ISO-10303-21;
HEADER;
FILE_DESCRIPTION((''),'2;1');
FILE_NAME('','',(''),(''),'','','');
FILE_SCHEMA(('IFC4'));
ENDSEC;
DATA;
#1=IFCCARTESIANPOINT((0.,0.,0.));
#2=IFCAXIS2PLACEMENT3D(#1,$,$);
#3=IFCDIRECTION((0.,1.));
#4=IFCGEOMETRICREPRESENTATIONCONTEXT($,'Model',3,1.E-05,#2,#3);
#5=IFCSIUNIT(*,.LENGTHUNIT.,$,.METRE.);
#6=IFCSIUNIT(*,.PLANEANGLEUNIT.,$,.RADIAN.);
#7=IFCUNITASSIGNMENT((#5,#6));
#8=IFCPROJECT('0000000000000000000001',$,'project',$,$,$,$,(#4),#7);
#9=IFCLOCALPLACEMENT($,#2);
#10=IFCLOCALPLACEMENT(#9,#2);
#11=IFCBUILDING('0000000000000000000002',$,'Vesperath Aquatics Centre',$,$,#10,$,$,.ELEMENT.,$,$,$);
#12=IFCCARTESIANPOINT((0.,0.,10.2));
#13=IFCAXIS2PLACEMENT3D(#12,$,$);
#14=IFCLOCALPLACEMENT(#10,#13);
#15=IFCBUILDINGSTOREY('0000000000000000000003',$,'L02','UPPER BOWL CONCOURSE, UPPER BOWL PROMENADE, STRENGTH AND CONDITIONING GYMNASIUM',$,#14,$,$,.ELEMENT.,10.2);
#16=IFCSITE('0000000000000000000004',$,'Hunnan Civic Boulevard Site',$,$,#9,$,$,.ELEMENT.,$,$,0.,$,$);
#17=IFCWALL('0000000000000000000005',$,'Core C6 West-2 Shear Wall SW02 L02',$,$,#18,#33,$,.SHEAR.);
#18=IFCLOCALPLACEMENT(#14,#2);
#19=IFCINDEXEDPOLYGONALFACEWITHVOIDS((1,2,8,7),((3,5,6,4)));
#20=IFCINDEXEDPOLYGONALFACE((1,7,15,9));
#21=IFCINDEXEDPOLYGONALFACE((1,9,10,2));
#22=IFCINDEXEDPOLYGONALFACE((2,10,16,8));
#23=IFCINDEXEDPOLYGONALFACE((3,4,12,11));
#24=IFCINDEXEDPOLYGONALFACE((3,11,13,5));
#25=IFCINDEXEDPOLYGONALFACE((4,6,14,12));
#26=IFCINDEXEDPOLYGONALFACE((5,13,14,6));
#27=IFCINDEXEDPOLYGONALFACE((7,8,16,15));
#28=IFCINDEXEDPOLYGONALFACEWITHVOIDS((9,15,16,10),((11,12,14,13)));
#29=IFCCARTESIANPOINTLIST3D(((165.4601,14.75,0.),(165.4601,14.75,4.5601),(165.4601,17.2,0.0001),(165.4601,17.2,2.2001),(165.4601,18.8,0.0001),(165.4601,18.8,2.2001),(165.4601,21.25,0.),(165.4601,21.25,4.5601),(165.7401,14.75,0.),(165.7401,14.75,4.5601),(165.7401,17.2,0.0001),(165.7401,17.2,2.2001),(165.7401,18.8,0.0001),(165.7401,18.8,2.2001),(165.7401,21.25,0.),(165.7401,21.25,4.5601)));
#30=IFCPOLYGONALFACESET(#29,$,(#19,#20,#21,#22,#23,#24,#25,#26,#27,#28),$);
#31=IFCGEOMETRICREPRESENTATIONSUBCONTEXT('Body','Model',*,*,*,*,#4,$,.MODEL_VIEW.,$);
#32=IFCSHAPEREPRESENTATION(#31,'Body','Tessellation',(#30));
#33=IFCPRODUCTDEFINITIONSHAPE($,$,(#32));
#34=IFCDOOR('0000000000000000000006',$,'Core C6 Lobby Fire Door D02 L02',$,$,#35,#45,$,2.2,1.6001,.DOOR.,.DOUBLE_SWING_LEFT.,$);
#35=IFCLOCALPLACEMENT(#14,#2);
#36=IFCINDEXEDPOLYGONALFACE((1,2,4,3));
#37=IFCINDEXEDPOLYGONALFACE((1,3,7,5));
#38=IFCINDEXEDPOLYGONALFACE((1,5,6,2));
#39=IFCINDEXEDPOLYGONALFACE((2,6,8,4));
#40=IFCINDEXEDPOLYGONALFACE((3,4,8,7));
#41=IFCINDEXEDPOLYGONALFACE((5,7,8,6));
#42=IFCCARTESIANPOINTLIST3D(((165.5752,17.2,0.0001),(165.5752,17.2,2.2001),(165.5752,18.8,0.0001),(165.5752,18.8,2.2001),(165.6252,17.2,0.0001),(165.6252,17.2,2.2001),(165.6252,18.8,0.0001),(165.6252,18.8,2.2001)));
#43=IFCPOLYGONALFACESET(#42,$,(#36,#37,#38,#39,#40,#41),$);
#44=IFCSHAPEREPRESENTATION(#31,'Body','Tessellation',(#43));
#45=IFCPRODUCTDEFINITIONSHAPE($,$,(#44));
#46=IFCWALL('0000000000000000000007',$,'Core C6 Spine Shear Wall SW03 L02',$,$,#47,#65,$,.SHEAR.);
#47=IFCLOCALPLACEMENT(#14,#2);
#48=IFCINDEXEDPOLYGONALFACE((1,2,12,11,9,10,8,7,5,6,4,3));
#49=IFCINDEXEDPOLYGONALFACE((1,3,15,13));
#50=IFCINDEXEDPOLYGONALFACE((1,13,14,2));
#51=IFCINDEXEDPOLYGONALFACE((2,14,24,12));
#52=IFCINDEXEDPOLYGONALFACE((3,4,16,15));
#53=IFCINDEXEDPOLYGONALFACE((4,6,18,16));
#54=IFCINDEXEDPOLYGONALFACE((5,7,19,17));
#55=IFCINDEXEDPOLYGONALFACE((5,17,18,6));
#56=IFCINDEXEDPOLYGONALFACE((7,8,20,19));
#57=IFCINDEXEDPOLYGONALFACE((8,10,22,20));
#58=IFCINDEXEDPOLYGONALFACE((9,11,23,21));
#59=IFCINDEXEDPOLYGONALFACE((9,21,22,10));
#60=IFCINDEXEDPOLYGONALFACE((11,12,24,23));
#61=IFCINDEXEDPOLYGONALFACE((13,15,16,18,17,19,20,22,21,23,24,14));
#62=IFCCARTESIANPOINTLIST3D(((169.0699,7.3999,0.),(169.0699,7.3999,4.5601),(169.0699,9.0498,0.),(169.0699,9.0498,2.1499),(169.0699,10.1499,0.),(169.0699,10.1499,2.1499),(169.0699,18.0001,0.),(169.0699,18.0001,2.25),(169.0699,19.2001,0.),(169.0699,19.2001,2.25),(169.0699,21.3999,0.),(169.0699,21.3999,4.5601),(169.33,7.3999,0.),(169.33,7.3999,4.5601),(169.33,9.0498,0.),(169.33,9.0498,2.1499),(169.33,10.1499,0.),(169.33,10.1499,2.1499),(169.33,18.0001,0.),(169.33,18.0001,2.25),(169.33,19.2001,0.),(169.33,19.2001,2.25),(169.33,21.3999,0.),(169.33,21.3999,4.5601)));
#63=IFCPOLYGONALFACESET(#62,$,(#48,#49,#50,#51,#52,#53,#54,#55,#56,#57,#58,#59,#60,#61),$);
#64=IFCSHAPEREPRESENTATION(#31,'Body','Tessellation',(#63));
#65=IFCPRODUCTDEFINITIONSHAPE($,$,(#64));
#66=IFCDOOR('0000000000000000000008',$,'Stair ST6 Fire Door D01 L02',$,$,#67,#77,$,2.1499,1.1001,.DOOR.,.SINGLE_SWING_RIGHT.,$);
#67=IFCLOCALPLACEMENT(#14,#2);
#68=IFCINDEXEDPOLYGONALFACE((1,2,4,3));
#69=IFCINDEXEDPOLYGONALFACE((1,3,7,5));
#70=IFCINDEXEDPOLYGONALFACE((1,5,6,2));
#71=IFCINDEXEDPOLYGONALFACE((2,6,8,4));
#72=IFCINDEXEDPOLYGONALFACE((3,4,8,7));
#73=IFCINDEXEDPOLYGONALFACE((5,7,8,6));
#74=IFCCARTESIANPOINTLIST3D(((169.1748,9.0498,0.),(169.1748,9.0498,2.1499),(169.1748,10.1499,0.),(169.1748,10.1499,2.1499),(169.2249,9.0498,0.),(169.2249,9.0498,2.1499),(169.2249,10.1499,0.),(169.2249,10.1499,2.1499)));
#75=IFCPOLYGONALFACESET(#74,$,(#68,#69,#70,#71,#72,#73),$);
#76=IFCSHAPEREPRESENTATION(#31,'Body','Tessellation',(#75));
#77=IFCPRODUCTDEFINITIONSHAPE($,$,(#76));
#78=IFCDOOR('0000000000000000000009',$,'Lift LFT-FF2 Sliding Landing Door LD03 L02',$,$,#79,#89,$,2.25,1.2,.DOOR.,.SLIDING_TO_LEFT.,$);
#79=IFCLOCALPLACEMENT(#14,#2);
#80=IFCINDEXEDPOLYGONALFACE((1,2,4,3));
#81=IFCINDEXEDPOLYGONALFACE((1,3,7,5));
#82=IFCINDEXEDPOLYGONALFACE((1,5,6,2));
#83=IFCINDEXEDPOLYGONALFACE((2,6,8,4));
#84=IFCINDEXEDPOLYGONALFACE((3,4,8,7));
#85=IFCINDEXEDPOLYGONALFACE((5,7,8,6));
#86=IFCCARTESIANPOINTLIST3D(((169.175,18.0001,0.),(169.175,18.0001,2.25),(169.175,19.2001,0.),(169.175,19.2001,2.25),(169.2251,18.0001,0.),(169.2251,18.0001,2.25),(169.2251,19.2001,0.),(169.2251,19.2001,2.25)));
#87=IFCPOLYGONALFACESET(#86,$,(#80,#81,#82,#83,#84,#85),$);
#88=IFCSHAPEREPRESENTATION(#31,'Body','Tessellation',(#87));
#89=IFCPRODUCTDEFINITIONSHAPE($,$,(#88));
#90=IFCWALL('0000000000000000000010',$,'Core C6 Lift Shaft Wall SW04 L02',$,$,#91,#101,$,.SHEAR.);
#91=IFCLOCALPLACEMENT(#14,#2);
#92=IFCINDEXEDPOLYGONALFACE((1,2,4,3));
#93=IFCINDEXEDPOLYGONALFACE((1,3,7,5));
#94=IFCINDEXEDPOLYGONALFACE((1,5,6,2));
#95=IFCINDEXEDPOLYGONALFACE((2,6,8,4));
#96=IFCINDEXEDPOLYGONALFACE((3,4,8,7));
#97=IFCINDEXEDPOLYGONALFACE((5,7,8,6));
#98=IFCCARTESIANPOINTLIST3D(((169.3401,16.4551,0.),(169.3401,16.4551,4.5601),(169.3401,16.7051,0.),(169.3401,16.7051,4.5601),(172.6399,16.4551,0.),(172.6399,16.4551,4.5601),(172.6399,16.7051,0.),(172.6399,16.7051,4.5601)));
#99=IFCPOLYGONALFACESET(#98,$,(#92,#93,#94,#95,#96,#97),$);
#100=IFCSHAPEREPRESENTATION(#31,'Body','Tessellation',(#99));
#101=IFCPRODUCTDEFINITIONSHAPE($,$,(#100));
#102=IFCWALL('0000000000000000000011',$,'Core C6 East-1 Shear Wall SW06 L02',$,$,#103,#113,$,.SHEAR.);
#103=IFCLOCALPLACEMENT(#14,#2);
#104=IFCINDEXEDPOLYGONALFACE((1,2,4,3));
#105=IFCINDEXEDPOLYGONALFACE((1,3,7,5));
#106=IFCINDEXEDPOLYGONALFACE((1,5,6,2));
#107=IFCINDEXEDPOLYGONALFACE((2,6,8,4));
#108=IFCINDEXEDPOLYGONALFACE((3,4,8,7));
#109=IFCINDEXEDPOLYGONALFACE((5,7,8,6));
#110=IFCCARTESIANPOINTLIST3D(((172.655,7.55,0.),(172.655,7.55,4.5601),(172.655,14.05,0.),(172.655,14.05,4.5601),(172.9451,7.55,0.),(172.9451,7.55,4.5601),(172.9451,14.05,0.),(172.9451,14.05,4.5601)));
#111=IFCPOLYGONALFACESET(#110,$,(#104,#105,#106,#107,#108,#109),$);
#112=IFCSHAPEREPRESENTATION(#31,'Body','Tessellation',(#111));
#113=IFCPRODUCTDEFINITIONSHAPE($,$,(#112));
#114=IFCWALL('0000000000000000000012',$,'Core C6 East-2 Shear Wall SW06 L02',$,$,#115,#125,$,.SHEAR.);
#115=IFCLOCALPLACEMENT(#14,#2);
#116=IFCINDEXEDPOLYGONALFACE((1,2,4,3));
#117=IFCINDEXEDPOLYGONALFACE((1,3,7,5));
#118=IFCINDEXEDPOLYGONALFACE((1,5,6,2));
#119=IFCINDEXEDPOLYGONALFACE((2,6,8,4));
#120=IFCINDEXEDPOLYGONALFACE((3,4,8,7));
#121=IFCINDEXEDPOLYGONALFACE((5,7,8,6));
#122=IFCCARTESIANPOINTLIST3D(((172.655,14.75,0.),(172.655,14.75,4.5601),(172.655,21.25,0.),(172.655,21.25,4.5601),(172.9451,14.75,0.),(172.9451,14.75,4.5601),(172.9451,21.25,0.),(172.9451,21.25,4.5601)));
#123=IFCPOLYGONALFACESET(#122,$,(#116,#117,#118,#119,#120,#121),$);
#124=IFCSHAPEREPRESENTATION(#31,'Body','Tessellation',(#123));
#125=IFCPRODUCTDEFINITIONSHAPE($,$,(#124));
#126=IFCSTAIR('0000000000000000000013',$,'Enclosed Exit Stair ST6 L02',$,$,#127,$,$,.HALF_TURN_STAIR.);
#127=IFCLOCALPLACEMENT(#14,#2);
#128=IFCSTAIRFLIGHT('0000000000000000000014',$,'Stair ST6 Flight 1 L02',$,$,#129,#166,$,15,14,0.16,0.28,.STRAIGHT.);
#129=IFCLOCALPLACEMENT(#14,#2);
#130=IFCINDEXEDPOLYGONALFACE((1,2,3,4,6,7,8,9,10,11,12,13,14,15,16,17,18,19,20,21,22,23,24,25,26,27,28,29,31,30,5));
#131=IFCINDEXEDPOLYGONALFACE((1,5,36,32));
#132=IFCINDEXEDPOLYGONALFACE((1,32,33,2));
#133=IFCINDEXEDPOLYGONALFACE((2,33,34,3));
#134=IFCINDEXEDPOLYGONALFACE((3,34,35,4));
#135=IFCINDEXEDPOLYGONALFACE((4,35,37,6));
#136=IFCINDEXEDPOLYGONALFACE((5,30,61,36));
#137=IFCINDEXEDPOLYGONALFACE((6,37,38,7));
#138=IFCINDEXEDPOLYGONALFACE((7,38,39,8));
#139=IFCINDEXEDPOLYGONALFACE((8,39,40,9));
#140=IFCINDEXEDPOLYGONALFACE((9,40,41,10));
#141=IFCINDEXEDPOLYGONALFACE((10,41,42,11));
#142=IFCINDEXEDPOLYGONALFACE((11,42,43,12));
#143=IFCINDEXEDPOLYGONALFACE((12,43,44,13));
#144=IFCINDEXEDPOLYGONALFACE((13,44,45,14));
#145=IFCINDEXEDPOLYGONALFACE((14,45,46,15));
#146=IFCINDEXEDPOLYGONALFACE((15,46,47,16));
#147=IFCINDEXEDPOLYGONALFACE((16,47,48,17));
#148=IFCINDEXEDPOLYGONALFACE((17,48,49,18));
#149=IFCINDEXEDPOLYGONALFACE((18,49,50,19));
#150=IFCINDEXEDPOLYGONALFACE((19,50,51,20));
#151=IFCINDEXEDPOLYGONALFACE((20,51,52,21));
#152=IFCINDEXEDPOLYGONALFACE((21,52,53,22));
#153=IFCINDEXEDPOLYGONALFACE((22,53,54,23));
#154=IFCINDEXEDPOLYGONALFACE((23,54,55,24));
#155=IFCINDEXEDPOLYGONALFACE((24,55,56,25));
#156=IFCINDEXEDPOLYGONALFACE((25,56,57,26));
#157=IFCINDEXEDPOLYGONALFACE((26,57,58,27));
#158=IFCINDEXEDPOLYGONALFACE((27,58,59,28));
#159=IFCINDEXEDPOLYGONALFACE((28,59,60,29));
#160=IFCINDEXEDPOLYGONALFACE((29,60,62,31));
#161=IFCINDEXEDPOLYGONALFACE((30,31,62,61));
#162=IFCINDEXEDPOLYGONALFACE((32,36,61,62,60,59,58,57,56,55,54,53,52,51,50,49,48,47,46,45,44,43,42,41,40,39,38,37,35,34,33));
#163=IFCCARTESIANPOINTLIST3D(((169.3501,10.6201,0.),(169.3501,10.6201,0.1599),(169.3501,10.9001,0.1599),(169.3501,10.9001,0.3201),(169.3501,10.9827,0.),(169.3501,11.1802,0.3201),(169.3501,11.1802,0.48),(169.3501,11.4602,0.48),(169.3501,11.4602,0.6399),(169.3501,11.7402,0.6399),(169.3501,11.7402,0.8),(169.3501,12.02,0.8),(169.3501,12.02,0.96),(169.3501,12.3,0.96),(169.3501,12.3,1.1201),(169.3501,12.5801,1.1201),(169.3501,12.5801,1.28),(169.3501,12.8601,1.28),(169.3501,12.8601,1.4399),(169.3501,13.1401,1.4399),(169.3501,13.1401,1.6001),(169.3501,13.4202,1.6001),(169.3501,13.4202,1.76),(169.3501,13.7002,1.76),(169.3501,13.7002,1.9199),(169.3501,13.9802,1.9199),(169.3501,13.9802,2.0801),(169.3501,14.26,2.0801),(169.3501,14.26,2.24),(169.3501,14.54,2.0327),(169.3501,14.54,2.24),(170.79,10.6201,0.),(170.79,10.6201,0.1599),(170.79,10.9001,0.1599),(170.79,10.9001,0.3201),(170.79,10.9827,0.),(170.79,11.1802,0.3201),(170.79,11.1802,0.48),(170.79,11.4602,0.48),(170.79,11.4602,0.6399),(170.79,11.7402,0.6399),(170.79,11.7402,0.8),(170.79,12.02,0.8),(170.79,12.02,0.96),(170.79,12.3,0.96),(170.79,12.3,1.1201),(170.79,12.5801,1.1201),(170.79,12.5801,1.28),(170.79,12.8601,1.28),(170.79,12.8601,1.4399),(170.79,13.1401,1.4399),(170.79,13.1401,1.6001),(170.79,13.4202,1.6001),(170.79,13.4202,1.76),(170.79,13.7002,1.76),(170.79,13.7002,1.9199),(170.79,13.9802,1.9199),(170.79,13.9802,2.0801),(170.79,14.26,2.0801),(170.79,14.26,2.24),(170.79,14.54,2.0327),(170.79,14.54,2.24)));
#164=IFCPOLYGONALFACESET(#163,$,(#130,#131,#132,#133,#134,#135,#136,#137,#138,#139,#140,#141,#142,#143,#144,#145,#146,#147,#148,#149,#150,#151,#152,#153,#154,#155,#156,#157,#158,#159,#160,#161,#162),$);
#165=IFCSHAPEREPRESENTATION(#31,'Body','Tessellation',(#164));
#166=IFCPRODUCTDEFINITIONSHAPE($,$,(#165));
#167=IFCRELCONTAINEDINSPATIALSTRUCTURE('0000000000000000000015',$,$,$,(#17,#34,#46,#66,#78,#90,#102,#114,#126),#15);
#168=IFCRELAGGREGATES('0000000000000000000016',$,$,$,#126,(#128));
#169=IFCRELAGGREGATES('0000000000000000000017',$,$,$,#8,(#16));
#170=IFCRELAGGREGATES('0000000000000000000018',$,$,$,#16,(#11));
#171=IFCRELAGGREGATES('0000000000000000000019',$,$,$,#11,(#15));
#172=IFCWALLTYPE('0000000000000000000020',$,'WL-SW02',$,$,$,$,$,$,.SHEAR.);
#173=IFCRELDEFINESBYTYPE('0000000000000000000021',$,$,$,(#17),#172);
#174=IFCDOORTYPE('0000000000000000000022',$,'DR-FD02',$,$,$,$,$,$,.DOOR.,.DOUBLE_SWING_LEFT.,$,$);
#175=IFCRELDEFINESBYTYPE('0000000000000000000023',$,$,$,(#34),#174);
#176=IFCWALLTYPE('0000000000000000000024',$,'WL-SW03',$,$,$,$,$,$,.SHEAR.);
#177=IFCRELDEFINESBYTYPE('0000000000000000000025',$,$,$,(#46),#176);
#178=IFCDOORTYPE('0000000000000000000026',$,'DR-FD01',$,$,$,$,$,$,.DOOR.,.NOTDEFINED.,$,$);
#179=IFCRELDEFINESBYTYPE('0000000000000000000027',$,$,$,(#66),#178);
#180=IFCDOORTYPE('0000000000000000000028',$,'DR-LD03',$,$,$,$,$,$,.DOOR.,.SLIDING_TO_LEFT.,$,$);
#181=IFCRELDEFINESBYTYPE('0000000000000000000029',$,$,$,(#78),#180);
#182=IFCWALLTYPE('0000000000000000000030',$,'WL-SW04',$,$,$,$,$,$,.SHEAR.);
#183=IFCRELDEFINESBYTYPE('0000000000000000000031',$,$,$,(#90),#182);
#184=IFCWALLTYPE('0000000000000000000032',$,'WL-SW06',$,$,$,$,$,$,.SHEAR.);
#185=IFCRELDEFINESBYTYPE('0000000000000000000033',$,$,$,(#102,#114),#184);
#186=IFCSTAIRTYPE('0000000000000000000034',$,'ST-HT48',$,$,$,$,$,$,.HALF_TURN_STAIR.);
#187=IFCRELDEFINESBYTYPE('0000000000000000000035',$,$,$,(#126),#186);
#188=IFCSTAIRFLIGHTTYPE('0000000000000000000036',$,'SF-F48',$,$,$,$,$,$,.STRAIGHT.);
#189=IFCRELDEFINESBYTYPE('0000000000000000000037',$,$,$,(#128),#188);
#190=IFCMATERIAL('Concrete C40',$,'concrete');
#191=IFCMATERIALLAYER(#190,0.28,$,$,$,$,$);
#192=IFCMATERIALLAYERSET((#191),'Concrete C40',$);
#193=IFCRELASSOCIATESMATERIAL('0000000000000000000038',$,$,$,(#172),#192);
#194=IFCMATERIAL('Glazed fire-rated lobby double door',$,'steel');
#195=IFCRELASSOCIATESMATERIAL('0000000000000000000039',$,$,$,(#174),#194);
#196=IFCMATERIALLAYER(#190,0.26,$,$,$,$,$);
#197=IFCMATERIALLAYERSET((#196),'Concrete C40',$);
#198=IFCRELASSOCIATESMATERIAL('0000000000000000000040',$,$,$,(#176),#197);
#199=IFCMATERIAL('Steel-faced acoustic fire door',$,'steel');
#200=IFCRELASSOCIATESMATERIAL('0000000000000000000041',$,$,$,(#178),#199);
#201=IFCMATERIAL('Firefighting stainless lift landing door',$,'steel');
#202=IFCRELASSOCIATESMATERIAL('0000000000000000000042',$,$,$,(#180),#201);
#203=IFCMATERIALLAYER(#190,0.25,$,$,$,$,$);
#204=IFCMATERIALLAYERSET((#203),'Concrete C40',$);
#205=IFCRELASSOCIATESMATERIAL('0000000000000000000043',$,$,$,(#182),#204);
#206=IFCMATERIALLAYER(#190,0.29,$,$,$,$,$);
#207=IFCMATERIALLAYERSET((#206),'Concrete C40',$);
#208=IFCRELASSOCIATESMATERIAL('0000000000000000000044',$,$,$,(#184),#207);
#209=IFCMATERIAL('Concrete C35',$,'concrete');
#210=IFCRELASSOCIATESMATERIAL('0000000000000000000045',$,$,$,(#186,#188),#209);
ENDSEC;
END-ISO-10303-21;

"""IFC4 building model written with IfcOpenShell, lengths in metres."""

from ifc_helpers import new_model, si_unit, direction, frame, frame_2d, origin, place, context, subcontext, project, spatial, polyline, rectangle, outline, extrude, material, layer, layer_set, type_object, element, fill, aggregate, save


model = new_model("IFC4")

# Units and contexts
model_context = context("Model", 3, precision=1e-05, world=origin(), true_north=direction((0.0, 1.0)))
body_context = subcontext(model_context, "Body", "Model", "MODEL_VIEW")
ifc_project = project(units=[si_unit("LENGTHUNIT", "METRE"), si_unit("PLANEANGLEUNIT", "RADIAN")], contexts=[model_context])

# Site, building, storey
site_placement = place(None, origin())
site = spatial("IfcSite", under=ifc_project, at=site_placement, Name="Hunnan Civic Boulevard Site", CompositionType="ELEMENT", RefElevation=0.0)
building_placement = place(site_placement, origin())
building = spatial("IfcBuilding", under=site, at=building_placement, Name="Vesperath Aquatics Centre", CompositionType="ELEMENT")
storey_placement = place(building_placement, frame((0.0, 0.0, 10.2)))
storey = spatial("IfcBuildingStorey", under=building, at=storey_placement, Name="L02", Description="UPPER BOWL CONCOURSE, UPPER BOWL PROMENADE, STRENGTH AND CONDITIONING GYMNASIUM", CompositionType="ELEMENT", Elevation=10.2)

# Shared definitions
ifc_material_1 = material(Name="Concrete C40", Category="concrete")

# Shared definitions
ifc_material_2 = material(Name="Concrete C35", Category="concrete")

# Shared definitions
ifc_layer_1 = layer(ifc_material_1, 0.28)
ifc_layer_set_1 = layer_set([ifc_layer_1], Name="Concrete C40")
wall_type_1 = type_object("IfcWallType", Name="WL-SW02", PredefinedType="SHEAR", material=ifc_layer_set_1)

# Wall, opening, door
wall_1_placement = place(storey_placement, frame((165.6001, 14.75, 0.0), z_axis=(0.0, 0.0, 1.0), x_axis=(0.0, 1.0, 0.0)))
wall_1 = element("IfcWall", 1, at=wall_1_placement, inside=storey, type_object=wall_type_1, Name="Core C6 West-2 Shear Wall SW02 L02", PredefinedType="SHEAR", context=body_context, shape_type="SweptSolid", body=[
    extrude(rectangle(XDim=6.5, YDim=0.28, at=frame_2d((3.25, 0.0))), origin(), (0.0, 0.0, 1.0), 4.5601),
])
opening_1_placement = place(wall_1_placement, frame((2.45, 0.0, 0.0)))
opening_1 = element("IfcOpeningElement", 2, at=opening_1_placement, cuts=wall_1, PredefinedType="OPENING", context=body_context, shape_type="SweptSolid", body=[
    extrude(rectangle(XDim=1.6001, YDim=2.2, at=frame_2d((0.8, 1.1001))), frame((0.0, 0.1548, 0.0), z_axis=(0.0, -1.0, 0.0), x_axis=(1.0, 0.0, 0.0)), (0.0, 0.0, 1.0), 0.3098),
])
ifc_material_3 = material(Name="Glazed fire-rated lobby double door", Category="steel")
door_type_1 = type_object("IfcDoorType", Name="DR-FD02", OperationType="DOUBLE_SWING_LEFT", PredefinedType="DOOR", material=ifc_material_3)
door_1_placement = place(opening_1_placement, origin())
door_1 = element("IfcDoor", 3, at=door_1_placement, inside=storey, type_object=door_type_1, Name="Core C6 Lobby Fire Door D02 L02", OperationType="DOUBLE_SWING_LEFT", OverallHeight=2.2, OverallWidth=1.6001, PredefinedType="DOOR", context=body_context, shape_type="SweptSolid", body=[
    extrude(rectangle(XDim=1.6001, YDim=2.2, at=frame_2d((0.8, 1.1001))), frame((0.0, 0.0249, 0.0), z_axis=(0.0, -1.0, 0.0), x_axis=(1.0, 0.0, 0.0)), (0.0, 0.0, 1.0), 0.05),
])
fill(opening_1, door_1)

# Wall, openings, doors
ifc_layer_2 = layer(ifc_material_1, 0.26)
ifc_layer_set_2 = layer_set([ifc_layer_2], Name="Concrete C40")
wall_type_2 = type_object("IfcWallType", Name="WL-SW03", PredefinedType="SHEAR", material=ifc_layer_set_2)
wall_2_placement = place(storey_placement, frame((169.2, 7.3999, 0.0), z_axis=(0.0, 0.0, 1.0), x_axis=(0.0, 1.0, 0.0)))
wall_2 = element("IfcWall", 4, at=wall_2_placement, inside=storey, type_object=wall_type_2, Name="Core C6 Spine Shear Wall SW03 L02", PredefinedType="SHEAR", context=body_context, shape_type="SweptSolid", body=[
    extrude(rectangle(XDim=14.0, YDim=0.26, at=frame_2d((7.0, 0.0))), origin(), (0.0, 0.0, 1.0), 4.5601),
])
opening_2_placement = place(wall_2_placement, frame((1.6499, 0.0, 0.0)))
opening_2 = element("IfcOpeningElement", 5, at=opening_2_placement, cuts=wall_2, PredefinedType="OPENING", context=body_context, shape_type="SweptSolid", body=[
    extrude(rectangle(XDim=1.1001, YDim=2.1499, at=frame_2d((0.55, 1.075))), frame((0.0, 0.145, 0.0), z_axis=(0.0, -1.0, 0.0), x_axis=(1.0, 0.0, 0.0)), (0.0, 0.0, 1.0), 0.2898),
])
opening_3_placement = place(wall_2_placement, frame((10.6001, 0.0, 0.0)))
opening_3 = element("IfcOpeningElement", 6, at=opening_3_placement, cuts=wall_2, PredefinedType="OPENING", context=body_context, shape_type="SweptSolid", body=[
    extrude(rectangle(XDim=1.2, YDim=2.25, at=frame_2d((0.6001, 1.125))), frame((0.0, 0.145, 0.0), z_axis=(0.0, -1.0, 0.0), x_axis=(1.0, 0.0, 0.0)), (0.0, 0.0, 1.0), 0.2898),
])
ifc_material_4 = material(Name="Steel-faced acoustic fire door", Category="steel")
door_type_2 = type_object("IfcDoorType", Name="DR-FD01", OperationType="NOTDEFINED", PredefinedType="DOOR", material=ifc_material_4)
door_2_placement = place(opening_2_placement, frame((1.1001, 0.0, 0.0), z_axis=(0.0, 0.0, 1.0), x_axis=(-1.0, 0.0, 0.0)))
door_2 = element("IfcDoor", 7, at=door_2_placement, inside=storey, type_object=door_type_2, Name="Stair ST6 Fire Door D01 L02", OperationType="SINGLE_SWING_RIGHT", OverallHeight=2.1499, OverallWidth=1.1001, PredefinedType="DOOR", context=body_context, shape_type="SweptSolid", body=[
    extrude(rectangle(XDim=1.1001, YDim=2.1499, at=frame_2d((0.55, 1.075))), frame((0.0, 0.0249, 0.0), z_axis=(0.0, -1.0, 0.0), x_axis=(1.0, 0.0, 0.0)), (0.0, 0.0, 1.0), 0.05),
])
fill(opening_2, door_2)
ifc_material_5 = material(Name="Firefighting stainless lift landing door", Category="steel")
door_type_3 = type_object("IfcDoorType", Name="DR-LD03", OperationType="SLIDING_TO_LEFT", PredefinedType="DOOR", material=ifc_material_5)
door_3_placement = place(opening_3_placement, origin())
door_3 = element("IfcDoor", 8, at=door_3_placement, inside=storey, type_object=door_type_3, Name="Lift LFT-FF2 Sliding Landing Door LD03 L02", OperationType="SLIDING_TO_LEFT", OverallHeight=2.25, OverallWidth=1.2, PredefinedType="DOOR", context=body_context, shape_type="SweptSolid", body=[
    extrude(rectangle(XDim=1.2, YDim=2.25, at=frame_2d((0.6001, 1.125))), frame((0.0, 0.0249, 0.0), z_axis=(0.0, -1.0, 0.0), x_axis=(1.0, 0.0, 0.0)), (0.0, 0.0, 1.0), 0.05),
])
fill(opening_3, door_3)

# Walls
ifc_layer_3 = layer(ifc_material_1, 0.25)
ifc_layer_set_3 = layer_set([ifc_layer_3], Name="Concrete C40")
wall_type_3 = type_object("IfcWallType", Name="WL-SW04", PredefinedType="SHEAR", material=ifc_layer_set_3)
wall_3_placement = place(storey_placement, frame((169.3401, 16.5801, 0.0), z_axis=(0.0, 0.0, 1.0), x_axis=(1.0, 0.0, 0.0)))
element("IfcWall", 9, at=wall_3_placement, inside=storey, type_object=wall_type_3, Name="Core C6 Lift Shaft Wall SW04 L02", PredefinedType="SHEAR", context=body_context, shape_type="SweptSolid", body=[
    extrude(rectangle(XDim=3.2998, YDim=0.25, at=frame_2d((1.6499, 0.0))), origin(), (0.0, 0.0, 1.0), 4.5601),
])
ifc_layer_4 = layer(ifc_material_1, 0.29)
ifc_layer_set_4 = layer_set([ifc_layer_4], Name="Concrete C40")
wall_type_4 = type_object("IfcWallType", Name="WL-SW06", PredefinedType="SHEAR", material=ifc_layer_set_4)
for number, where, z_axis, x_axis, name in (
    (10, (172.8, 7.55, 0.0), (0.0, 0.0, 1.0), (0.0, 1.0, 0.0), "Core C6 East-1 Shear Wall SW06 L02"),
    (11, (172.8, 14.75, 0.0), (0.0, 0.0, 1.0), (0.0, 1.0, 0.0), "Core C6 East-2 Shear Wall SW06 L02"),
):
    element("IfcWall", number, at=place(storey_placement, frame(where, z_axis=z_axis, x_axis=x_axis)), inside=storey, type_object=wall_type_4, Name=name, PredefinedType="SHEAR", context=body_context, shape_type="SweptSolid", body=[
        extrude(rectangle(XDim=6.5, YDim=0.29, at=frame_2d((3.25, 0.0))), origin(), (0.0, 0.0, 1.0), 4.5601),
    ])

# Stair, stair flight
stair_type = type_object("IfcStairType", Name="ST-HT48", PredefinedType="HALF_TURN_STAIR", material=ifc_material_2)
stair_placement = place(storey_placement, origin())
stair = element("IfcStair", 12, at=stair_placement, inside=storey, type_object=stair_type, Name="Enclosed Exit Stair ST6 L02", PredefinedType="HALF_TURN_STAIR")
stair_flight_type = type_object("IfcStairFlightType", Name="SF-F48", PredefinedType="STRAIGHT", material=ifc_material_2)
stair_flight_1_placement = place(storey_placement, frame((170.0701, 10.6201, 0.0), z_axis=(0.0, 0.0, 1.0), x_axis=(0.0, 1.0, 0.0)))
stair_flight_1 = element("IfcStairFlight", 13, at=stair_flight_1_placement, type_object=stair_flight_type, Name="Stair ST6 Flight 1 L02", NumberOfRisers=15, NumberOfTreads=14, PredefinedType="STRAIGHT", RiserHeight=0.16, TreadLength=0.28, context=body_context, shape_type="SweptSolid", body=[
    extrude(outline(polyline([(0.0, 0.0), (0.0, 0.1599), (0.28, 0.1599), (0.28, 0.3201), (0.5601, 0.3201), (0.5601, 0.48), (0.8401, 0.48), (0.8401, 0.6399), (1.1201, 0.6399), (1.1201, 0.8), (1.3999, 0.8), (1.3999, 0.96), (1.6799, 0.96), (1.6799, 1.1201), (1.96, 1.1201), (1.96, 1.28), (2.24, 1.28), (2.24, 1.4399), (2.52, 1.4399), (2.52, 1.6001), (2.8, 1.6001), (2.8, 1.76), (3.0801, 1.76), (3.0801, 1.9199), (3.3601, 1.9199), (3.3601, 2.0801), (3.6399, 2.0801), (3.6399, 2.24), (3.9199, 2.24), (3.9199, 2.3999), (3.9199, 2.0327), (0.3625, 0.0), (0.0, 0.0)])), frame((0.0, 0.72, 0.0), z_axis=(0.0, -1.0, 0.0), x_axis=(1.0, 0.0, 0.0)), (0.0, 0.0, 1.0), 1.4399),
])
aggregate(stair, [stair_flight_1])

save(model, "model.ifc")
